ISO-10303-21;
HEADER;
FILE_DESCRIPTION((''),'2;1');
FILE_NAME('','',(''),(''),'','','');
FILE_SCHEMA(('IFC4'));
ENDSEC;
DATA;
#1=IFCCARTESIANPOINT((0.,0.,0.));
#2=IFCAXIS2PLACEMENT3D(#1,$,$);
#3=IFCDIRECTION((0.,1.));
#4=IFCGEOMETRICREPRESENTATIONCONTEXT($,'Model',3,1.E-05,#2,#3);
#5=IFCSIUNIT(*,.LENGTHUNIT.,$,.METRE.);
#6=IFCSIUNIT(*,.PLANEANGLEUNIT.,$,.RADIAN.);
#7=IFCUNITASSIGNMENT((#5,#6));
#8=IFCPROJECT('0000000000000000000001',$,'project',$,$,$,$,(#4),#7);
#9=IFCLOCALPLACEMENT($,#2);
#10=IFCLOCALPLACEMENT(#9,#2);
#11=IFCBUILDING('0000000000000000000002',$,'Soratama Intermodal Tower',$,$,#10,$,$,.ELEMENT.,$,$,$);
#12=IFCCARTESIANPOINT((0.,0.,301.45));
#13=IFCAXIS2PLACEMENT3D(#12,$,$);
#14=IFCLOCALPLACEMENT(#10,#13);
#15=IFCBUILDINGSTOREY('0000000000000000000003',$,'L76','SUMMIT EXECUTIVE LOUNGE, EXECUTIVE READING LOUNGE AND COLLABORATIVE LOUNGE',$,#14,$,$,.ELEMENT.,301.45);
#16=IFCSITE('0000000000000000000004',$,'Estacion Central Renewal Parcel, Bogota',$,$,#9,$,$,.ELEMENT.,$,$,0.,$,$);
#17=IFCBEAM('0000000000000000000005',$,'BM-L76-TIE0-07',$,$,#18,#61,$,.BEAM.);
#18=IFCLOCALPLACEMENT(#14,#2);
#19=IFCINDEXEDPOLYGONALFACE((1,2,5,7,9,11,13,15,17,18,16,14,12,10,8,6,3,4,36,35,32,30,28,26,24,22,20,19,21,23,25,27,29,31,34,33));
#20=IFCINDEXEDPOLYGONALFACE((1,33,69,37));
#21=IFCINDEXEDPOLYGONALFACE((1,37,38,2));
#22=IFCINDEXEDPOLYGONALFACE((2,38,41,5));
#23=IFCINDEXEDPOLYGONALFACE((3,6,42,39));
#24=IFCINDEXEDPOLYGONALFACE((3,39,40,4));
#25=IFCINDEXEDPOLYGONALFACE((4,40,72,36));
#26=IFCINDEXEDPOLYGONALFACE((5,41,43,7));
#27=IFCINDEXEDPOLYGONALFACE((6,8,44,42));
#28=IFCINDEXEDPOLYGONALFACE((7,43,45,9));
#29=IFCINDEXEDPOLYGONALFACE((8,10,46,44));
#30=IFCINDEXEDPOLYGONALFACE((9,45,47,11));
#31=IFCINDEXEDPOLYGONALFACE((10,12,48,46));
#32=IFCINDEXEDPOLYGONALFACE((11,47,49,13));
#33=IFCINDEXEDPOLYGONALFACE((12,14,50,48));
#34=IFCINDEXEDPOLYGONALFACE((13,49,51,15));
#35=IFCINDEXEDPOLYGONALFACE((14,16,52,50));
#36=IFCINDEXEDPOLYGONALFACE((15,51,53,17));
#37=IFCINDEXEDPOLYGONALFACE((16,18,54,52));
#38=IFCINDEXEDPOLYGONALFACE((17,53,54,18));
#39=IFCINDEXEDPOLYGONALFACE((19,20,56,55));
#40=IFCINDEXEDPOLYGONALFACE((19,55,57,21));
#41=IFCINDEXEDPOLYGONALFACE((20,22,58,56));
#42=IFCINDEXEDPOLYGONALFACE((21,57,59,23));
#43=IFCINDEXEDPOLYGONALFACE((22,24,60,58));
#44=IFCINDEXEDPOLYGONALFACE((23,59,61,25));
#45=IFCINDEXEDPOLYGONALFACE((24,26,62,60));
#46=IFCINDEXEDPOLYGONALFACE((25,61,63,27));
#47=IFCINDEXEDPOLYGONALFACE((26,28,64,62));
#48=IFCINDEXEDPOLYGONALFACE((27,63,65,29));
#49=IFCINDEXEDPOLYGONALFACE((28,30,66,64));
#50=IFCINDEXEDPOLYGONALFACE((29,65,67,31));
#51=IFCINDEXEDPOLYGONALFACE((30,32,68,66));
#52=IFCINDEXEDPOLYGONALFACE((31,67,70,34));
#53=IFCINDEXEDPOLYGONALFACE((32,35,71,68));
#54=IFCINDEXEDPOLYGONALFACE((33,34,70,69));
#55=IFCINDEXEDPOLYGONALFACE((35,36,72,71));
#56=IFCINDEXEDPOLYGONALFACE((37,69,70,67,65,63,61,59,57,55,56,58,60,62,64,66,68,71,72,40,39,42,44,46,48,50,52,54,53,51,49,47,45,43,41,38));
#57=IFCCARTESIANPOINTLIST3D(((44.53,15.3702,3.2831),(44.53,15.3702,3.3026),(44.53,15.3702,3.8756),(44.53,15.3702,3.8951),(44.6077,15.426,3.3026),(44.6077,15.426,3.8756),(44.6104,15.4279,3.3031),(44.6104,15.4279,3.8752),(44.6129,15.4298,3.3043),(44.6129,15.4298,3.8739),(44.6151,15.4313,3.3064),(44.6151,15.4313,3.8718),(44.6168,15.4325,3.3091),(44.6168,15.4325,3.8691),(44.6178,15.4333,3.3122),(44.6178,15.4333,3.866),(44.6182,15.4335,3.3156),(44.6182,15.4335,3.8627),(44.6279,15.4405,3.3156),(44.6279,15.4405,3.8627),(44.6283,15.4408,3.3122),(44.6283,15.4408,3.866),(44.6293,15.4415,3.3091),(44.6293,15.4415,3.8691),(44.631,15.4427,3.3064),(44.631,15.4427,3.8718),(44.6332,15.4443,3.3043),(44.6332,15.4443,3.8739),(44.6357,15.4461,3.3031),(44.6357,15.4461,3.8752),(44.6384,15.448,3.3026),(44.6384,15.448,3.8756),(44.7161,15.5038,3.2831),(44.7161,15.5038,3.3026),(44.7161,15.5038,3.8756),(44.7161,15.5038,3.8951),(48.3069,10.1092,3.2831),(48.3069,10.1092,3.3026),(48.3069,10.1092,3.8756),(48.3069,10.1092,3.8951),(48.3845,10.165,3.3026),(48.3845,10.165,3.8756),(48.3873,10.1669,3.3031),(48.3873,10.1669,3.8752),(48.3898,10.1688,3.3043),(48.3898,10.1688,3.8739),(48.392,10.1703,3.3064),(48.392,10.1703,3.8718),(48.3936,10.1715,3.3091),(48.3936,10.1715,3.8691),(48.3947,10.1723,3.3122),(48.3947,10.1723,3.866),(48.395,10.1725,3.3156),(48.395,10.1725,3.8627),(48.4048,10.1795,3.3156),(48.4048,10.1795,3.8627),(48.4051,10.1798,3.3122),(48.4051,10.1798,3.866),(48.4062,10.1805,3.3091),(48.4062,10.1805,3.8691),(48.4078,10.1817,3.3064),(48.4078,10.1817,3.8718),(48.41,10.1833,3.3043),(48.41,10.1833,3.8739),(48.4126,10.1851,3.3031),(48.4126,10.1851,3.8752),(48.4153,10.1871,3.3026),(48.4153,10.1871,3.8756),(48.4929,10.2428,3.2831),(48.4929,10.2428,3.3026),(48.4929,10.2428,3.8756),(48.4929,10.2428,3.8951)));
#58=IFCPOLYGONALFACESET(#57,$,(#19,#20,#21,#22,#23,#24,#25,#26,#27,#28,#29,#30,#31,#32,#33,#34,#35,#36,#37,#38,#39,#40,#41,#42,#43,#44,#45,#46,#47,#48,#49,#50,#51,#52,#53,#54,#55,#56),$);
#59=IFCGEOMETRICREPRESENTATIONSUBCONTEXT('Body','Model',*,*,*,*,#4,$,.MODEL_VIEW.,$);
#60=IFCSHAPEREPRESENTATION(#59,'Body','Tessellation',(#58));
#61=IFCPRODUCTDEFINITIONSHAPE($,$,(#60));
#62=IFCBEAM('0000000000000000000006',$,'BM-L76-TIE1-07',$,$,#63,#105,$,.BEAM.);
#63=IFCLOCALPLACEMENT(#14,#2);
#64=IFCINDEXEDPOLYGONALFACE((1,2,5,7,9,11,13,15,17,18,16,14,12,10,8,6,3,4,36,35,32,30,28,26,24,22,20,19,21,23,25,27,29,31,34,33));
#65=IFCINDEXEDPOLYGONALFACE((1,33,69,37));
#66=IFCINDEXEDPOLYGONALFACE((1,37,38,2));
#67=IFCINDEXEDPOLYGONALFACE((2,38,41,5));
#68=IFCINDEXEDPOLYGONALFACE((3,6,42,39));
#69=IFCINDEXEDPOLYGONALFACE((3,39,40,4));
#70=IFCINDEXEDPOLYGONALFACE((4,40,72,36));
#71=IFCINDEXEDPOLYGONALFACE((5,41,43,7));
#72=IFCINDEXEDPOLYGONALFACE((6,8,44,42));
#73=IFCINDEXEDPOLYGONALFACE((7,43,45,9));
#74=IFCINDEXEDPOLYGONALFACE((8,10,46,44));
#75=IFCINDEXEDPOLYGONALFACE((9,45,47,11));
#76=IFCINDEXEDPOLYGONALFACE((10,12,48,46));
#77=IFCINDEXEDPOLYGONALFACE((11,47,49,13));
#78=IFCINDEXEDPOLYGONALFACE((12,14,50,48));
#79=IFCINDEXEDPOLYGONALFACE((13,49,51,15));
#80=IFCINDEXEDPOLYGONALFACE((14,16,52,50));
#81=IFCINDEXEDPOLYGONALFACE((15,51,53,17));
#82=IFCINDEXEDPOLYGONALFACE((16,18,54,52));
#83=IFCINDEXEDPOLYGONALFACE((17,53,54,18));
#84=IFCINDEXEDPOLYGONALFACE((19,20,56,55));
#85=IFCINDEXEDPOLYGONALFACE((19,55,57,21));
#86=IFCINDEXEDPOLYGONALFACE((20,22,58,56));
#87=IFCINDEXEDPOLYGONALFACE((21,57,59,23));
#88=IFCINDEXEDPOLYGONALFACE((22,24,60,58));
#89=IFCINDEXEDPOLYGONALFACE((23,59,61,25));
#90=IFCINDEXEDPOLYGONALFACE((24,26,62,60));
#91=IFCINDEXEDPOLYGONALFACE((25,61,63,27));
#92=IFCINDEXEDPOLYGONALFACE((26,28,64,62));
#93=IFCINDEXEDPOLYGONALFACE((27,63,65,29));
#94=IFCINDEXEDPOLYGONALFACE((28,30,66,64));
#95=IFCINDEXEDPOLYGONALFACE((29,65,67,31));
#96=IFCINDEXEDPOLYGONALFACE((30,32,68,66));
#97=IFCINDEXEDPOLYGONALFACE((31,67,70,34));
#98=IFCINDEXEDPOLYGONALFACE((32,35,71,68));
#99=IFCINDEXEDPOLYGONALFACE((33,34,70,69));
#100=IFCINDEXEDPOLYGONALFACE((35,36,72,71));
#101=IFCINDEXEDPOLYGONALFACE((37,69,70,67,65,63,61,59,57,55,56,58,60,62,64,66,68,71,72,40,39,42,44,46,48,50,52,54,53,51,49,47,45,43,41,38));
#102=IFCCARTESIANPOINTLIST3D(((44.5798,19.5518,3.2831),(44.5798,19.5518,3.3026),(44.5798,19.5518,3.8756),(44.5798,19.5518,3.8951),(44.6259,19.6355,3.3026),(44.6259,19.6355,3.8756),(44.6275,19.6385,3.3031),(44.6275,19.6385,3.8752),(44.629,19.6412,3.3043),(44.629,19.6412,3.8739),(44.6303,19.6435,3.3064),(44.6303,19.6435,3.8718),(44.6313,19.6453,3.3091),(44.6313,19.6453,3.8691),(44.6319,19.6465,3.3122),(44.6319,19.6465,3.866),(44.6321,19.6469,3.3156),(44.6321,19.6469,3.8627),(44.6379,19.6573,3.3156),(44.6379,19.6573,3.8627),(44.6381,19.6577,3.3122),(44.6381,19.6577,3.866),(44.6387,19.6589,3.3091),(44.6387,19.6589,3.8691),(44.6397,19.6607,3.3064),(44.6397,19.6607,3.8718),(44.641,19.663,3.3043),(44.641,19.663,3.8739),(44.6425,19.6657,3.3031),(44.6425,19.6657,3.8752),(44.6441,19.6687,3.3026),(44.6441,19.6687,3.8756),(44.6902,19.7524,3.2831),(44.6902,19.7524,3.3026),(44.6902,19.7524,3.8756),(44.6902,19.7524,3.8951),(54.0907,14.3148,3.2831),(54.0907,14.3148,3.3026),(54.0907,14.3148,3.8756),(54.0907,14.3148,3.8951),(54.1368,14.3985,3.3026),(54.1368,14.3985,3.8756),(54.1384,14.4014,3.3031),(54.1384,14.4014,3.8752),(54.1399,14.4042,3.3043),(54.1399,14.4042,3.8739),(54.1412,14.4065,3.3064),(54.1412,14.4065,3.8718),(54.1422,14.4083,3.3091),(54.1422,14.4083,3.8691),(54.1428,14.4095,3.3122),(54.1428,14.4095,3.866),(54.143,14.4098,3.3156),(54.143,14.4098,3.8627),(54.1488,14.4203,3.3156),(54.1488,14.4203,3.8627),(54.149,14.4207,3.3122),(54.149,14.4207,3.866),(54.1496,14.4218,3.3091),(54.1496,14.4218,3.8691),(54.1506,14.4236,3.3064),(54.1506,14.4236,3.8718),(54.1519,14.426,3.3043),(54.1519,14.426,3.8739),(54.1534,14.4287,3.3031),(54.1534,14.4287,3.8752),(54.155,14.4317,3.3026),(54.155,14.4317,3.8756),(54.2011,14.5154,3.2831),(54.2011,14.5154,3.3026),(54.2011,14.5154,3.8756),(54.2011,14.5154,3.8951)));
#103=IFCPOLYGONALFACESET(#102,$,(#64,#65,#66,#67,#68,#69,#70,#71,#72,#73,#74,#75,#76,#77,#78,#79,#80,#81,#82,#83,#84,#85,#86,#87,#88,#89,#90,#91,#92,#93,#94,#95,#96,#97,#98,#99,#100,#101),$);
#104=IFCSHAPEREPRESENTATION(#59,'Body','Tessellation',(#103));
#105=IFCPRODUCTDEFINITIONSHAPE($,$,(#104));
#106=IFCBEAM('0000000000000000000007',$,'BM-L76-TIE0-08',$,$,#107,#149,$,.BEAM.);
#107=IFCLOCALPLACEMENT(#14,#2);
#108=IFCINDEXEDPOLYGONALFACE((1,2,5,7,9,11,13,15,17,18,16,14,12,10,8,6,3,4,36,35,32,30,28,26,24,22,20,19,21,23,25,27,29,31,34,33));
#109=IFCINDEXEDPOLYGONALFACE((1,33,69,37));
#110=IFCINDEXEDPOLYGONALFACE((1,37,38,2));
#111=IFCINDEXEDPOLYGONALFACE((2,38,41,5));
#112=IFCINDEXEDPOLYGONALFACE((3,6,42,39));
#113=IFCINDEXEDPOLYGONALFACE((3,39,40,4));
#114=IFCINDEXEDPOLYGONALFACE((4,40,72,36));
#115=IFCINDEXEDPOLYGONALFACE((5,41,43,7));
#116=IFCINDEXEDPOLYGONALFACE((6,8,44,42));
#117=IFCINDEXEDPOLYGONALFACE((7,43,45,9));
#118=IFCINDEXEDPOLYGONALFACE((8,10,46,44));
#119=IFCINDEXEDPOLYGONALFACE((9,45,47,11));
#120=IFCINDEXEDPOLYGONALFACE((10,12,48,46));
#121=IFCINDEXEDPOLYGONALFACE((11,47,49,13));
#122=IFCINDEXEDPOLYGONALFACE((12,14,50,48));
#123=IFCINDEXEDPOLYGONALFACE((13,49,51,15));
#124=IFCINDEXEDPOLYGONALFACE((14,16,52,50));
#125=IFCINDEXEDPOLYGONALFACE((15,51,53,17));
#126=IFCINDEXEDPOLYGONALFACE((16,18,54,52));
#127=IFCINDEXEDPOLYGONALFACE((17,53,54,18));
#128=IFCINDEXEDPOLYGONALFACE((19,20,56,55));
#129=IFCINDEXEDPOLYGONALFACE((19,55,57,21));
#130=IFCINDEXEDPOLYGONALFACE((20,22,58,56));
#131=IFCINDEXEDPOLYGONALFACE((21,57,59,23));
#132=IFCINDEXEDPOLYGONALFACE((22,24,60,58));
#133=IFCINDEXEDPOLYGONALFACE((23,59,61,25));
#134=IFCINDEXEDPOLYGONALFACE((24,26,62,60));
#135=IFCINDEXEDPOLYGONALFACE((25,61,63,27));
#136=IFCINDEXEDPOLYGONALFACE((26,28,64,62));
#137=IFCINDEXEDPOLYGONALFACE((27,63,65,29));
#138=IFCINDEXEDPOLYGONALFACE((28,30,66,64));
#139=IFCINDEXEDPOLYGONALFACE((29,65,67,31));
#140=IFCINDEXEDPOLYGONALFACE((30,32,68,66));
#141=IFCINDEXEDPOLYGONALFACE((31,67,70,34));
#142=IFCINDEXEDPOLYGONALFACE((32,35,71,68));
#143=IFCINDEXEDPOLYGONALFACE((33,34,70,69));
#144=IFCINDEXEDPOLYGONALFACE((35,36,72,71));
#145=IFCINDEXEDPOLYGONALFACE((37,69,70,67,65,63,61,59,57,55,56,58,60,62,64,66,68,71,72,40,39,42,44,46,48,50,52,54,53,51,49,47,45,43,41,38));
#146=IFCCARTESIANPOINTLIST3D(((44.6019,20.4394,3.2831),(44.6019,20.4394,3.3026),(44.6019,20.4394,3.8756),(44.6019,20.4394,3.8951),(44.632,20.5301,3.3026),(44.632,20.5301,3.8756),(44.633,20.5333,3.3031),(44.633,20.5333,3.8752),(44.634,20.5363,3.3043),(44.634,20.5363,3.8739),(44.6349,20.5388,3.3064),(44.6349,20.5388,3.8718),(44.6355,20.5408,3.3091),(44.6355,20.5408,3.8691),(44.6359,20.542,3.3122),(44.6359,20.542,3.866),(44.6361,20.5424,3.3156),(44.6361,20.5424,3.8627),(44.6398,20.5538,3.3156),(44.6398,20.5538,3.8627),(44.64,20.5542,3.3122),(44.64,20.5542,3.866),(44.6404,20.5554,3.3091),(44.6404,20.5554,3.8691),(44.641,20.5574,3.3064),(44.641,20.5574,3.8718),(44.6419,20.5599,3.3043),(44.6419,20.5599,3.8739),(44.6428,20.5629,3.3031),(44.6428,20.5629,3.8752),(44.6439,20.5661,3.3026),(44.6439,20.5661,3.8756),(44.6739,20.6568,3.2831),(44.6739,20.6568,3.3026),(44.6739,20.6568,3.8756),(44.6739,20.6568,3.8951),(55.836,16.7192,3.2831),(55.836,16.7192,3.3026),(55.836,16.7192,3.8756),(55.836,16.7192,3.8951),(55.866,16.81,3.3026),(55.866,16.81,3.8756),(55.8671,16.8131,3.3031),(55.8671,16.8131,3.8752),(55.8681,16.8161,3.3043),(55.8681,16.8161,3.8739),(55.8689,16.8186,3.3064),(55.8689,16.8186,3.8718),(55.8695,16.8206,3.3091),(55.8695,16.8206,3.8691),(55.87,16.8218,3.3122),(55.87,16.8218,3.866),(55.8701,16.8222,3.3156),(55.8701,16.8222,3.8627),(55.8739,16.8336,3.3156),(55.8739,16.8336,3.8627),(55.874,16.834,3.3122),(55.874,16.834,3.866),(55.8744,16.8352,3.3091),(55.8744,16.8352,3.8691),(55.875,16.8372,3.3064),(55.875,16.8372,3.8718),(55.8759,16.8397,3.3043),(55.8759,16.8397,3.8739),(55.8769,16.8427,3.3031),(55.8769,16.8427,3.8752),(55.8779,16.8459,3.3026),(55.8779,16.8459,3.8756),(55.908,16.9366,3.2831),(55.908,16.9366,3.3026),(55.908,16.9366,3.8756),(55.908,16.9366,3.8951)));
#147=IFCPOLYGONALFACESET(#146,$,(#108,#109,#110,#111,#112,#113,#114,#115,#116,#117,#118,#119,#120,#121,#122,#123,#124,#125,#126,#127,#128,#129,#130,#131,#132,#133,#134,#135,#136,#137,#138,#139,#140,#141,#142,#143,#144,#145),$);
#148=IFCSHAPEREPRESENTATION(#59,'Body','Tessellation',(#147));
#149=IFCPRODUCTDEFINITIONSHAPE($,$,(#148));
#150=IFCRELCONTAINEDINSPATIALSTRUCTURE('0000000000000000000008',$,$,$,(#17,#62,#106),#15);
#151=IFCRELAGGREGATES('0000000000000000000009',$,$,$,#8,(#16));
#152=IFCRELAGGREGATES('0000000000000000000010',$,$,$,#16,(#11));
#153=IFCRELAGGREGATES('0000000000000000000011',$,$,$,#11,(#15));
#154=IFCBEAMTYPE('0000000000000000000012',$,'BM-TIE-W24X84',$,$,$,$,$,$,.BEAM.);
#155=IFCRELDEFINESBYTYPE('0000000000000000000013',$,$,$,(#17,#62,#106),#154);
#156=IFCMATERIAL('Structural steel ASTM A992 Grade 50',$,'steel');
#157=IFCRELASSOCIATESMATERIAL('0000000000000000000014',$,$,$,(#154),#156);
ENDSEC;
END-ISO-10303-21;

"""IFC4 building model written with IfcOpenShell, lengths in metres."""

from ifc_helpers import new_model, si_unit, direction, frame, origin, origin_2d, place, context, subcontext, project, spatial, i_section, extrude, material, material_profile, profile_set, type_object, element, save


model = new_model("IFC4")

# Units and contexts
model_context = context("Model", 3, precision=1e-05, world=origin(), true_north=direction((0.0, 1.0)))
body_context = subcontext(model_context, "Body", "Model", "MODEL_VIEW")
ifc_project = project(units=[si_unit("LENGTHUNIT", "METRE"), si_unit("PLANEANGLEUNIT", "RADIAN")], contexts=[model_context])

# Site, building, storey
site_placement = place(None, origin())
site = spatial("IfcSite", under=ifc_project, at=site_placement, Name="Estacion Central Renewal Parcel, Bogota", CompositionType="ELEMENT", RefElevation=0.0)
building_placement = place(site_placement, origin())
building = spatial("IfcBuilding", under=site, at=building_placement, Name="Soratama Intermodal Tower", CompositionType="ELEMENT")
storey_placement = place(building_placement, frame((0.0, 0.0, 301.45)))
storey = spatial("IfcBuildingStorey", under=building, at=storey_placement, Name="L76", Description="SUMMIT EXECUTIVE LOUNGE, EXECUTIVE READING LOUNGE AND COLLABORATIVE LOUNGE", CompositionType="ELEMENT", Elevation=301.45)

# Beams
ifc_material_1 = material(Name="Structural steel ASTM A992 Grade 50", Category="steel")
ifc_material_profile_1 = material_profile(ifc_material_1, i_section(OverallWidth=0.229, OverallDepth=0.6121, WebThickness=0.012, FlangeThickness=0.0195, FilletRadius=0.0129, at=origin_2d()), Name="W24X84")
ifc_profile_set_1 = profile_set([ifc_material_profile_1], Name="Structural steel ASTM A992 Grade 50")
beam_type_1 = type_object("IfcBeamType", Name="BM-TIE-W24X84", PredefinedType="BEAM", material=ifc_profile_set_1)
beam_1_placement = place(storey_placement, frame((44.623, 15.437, 3.5891), z_axis=(0.58318, -0.812343, 0.0), x_axis=(0.812343, 0.58318, 0.0)))
element("IfcBeam", 1, at=beam_1_placement, inside=storey, type_object=beam_type_1, Name="BM-L76-TIE0-07", PredefinedType="BEAM", context=body_context, shape_type="SweptSolid", body=[
    extrude(i_section(OverallWidth=0.229, OverallDepth=0.6121, WebThickness=0.012, FlangeThickness=0.0195, FilletRadius=0.0129, at=origin_2d()), origin(), (0.0, 0.0, 1.0), 6.4763),
])
beam_2_placement = place(storey_placement, frame((44.635, 19.6521, 3.5891), z_axis=(0.875982, -0.482344, 0.0), x_axis=(0.482344, 0.875982, 0.0)))
element("IfcBeam", 2, at=beam_2_placement, inside=storey, type_object=beam_type_1, Name="BM-L76-TIE1-07", PredefinedType="BEAM", context=body_context, shape_type="SweptSolid", body=[
    extrude(i_section(OverallWidth=0.229, OverallDepth=0.6121, WebThickness=0.012, FlangeThickness=0.0195, FilletRadius=0.0129, at=origin_2d()), origin(), (0.0, 0.0, 1.0), 10.8574),
])
beam_3_placement = place(storey_placement, frame((44.6379, 20.5481, 3.5891), z_axis=(0.949302, -0.314364, 0.0), x_axis=(0.314364, 0.949302, 0.0)))
element("IfcBeam", 3, at=beam_3_placement, inside=storey, type_object=beam_type_1, Name="BM-L76-TIE0-08", PredefinedType="BEAM", context=body_context, shape_type="SweptSolid", body=[
    extrude(i_section(OverallWidth=0.229, OverallDepth=0.6121, WebThickness=0.012, FlangeThickness=0.0195, FilletRadius=0.0129, at=origin_2d()), origin(), (0.0, 0.0, 1.0), 11.834),
])

save(model, "model.ifc")
